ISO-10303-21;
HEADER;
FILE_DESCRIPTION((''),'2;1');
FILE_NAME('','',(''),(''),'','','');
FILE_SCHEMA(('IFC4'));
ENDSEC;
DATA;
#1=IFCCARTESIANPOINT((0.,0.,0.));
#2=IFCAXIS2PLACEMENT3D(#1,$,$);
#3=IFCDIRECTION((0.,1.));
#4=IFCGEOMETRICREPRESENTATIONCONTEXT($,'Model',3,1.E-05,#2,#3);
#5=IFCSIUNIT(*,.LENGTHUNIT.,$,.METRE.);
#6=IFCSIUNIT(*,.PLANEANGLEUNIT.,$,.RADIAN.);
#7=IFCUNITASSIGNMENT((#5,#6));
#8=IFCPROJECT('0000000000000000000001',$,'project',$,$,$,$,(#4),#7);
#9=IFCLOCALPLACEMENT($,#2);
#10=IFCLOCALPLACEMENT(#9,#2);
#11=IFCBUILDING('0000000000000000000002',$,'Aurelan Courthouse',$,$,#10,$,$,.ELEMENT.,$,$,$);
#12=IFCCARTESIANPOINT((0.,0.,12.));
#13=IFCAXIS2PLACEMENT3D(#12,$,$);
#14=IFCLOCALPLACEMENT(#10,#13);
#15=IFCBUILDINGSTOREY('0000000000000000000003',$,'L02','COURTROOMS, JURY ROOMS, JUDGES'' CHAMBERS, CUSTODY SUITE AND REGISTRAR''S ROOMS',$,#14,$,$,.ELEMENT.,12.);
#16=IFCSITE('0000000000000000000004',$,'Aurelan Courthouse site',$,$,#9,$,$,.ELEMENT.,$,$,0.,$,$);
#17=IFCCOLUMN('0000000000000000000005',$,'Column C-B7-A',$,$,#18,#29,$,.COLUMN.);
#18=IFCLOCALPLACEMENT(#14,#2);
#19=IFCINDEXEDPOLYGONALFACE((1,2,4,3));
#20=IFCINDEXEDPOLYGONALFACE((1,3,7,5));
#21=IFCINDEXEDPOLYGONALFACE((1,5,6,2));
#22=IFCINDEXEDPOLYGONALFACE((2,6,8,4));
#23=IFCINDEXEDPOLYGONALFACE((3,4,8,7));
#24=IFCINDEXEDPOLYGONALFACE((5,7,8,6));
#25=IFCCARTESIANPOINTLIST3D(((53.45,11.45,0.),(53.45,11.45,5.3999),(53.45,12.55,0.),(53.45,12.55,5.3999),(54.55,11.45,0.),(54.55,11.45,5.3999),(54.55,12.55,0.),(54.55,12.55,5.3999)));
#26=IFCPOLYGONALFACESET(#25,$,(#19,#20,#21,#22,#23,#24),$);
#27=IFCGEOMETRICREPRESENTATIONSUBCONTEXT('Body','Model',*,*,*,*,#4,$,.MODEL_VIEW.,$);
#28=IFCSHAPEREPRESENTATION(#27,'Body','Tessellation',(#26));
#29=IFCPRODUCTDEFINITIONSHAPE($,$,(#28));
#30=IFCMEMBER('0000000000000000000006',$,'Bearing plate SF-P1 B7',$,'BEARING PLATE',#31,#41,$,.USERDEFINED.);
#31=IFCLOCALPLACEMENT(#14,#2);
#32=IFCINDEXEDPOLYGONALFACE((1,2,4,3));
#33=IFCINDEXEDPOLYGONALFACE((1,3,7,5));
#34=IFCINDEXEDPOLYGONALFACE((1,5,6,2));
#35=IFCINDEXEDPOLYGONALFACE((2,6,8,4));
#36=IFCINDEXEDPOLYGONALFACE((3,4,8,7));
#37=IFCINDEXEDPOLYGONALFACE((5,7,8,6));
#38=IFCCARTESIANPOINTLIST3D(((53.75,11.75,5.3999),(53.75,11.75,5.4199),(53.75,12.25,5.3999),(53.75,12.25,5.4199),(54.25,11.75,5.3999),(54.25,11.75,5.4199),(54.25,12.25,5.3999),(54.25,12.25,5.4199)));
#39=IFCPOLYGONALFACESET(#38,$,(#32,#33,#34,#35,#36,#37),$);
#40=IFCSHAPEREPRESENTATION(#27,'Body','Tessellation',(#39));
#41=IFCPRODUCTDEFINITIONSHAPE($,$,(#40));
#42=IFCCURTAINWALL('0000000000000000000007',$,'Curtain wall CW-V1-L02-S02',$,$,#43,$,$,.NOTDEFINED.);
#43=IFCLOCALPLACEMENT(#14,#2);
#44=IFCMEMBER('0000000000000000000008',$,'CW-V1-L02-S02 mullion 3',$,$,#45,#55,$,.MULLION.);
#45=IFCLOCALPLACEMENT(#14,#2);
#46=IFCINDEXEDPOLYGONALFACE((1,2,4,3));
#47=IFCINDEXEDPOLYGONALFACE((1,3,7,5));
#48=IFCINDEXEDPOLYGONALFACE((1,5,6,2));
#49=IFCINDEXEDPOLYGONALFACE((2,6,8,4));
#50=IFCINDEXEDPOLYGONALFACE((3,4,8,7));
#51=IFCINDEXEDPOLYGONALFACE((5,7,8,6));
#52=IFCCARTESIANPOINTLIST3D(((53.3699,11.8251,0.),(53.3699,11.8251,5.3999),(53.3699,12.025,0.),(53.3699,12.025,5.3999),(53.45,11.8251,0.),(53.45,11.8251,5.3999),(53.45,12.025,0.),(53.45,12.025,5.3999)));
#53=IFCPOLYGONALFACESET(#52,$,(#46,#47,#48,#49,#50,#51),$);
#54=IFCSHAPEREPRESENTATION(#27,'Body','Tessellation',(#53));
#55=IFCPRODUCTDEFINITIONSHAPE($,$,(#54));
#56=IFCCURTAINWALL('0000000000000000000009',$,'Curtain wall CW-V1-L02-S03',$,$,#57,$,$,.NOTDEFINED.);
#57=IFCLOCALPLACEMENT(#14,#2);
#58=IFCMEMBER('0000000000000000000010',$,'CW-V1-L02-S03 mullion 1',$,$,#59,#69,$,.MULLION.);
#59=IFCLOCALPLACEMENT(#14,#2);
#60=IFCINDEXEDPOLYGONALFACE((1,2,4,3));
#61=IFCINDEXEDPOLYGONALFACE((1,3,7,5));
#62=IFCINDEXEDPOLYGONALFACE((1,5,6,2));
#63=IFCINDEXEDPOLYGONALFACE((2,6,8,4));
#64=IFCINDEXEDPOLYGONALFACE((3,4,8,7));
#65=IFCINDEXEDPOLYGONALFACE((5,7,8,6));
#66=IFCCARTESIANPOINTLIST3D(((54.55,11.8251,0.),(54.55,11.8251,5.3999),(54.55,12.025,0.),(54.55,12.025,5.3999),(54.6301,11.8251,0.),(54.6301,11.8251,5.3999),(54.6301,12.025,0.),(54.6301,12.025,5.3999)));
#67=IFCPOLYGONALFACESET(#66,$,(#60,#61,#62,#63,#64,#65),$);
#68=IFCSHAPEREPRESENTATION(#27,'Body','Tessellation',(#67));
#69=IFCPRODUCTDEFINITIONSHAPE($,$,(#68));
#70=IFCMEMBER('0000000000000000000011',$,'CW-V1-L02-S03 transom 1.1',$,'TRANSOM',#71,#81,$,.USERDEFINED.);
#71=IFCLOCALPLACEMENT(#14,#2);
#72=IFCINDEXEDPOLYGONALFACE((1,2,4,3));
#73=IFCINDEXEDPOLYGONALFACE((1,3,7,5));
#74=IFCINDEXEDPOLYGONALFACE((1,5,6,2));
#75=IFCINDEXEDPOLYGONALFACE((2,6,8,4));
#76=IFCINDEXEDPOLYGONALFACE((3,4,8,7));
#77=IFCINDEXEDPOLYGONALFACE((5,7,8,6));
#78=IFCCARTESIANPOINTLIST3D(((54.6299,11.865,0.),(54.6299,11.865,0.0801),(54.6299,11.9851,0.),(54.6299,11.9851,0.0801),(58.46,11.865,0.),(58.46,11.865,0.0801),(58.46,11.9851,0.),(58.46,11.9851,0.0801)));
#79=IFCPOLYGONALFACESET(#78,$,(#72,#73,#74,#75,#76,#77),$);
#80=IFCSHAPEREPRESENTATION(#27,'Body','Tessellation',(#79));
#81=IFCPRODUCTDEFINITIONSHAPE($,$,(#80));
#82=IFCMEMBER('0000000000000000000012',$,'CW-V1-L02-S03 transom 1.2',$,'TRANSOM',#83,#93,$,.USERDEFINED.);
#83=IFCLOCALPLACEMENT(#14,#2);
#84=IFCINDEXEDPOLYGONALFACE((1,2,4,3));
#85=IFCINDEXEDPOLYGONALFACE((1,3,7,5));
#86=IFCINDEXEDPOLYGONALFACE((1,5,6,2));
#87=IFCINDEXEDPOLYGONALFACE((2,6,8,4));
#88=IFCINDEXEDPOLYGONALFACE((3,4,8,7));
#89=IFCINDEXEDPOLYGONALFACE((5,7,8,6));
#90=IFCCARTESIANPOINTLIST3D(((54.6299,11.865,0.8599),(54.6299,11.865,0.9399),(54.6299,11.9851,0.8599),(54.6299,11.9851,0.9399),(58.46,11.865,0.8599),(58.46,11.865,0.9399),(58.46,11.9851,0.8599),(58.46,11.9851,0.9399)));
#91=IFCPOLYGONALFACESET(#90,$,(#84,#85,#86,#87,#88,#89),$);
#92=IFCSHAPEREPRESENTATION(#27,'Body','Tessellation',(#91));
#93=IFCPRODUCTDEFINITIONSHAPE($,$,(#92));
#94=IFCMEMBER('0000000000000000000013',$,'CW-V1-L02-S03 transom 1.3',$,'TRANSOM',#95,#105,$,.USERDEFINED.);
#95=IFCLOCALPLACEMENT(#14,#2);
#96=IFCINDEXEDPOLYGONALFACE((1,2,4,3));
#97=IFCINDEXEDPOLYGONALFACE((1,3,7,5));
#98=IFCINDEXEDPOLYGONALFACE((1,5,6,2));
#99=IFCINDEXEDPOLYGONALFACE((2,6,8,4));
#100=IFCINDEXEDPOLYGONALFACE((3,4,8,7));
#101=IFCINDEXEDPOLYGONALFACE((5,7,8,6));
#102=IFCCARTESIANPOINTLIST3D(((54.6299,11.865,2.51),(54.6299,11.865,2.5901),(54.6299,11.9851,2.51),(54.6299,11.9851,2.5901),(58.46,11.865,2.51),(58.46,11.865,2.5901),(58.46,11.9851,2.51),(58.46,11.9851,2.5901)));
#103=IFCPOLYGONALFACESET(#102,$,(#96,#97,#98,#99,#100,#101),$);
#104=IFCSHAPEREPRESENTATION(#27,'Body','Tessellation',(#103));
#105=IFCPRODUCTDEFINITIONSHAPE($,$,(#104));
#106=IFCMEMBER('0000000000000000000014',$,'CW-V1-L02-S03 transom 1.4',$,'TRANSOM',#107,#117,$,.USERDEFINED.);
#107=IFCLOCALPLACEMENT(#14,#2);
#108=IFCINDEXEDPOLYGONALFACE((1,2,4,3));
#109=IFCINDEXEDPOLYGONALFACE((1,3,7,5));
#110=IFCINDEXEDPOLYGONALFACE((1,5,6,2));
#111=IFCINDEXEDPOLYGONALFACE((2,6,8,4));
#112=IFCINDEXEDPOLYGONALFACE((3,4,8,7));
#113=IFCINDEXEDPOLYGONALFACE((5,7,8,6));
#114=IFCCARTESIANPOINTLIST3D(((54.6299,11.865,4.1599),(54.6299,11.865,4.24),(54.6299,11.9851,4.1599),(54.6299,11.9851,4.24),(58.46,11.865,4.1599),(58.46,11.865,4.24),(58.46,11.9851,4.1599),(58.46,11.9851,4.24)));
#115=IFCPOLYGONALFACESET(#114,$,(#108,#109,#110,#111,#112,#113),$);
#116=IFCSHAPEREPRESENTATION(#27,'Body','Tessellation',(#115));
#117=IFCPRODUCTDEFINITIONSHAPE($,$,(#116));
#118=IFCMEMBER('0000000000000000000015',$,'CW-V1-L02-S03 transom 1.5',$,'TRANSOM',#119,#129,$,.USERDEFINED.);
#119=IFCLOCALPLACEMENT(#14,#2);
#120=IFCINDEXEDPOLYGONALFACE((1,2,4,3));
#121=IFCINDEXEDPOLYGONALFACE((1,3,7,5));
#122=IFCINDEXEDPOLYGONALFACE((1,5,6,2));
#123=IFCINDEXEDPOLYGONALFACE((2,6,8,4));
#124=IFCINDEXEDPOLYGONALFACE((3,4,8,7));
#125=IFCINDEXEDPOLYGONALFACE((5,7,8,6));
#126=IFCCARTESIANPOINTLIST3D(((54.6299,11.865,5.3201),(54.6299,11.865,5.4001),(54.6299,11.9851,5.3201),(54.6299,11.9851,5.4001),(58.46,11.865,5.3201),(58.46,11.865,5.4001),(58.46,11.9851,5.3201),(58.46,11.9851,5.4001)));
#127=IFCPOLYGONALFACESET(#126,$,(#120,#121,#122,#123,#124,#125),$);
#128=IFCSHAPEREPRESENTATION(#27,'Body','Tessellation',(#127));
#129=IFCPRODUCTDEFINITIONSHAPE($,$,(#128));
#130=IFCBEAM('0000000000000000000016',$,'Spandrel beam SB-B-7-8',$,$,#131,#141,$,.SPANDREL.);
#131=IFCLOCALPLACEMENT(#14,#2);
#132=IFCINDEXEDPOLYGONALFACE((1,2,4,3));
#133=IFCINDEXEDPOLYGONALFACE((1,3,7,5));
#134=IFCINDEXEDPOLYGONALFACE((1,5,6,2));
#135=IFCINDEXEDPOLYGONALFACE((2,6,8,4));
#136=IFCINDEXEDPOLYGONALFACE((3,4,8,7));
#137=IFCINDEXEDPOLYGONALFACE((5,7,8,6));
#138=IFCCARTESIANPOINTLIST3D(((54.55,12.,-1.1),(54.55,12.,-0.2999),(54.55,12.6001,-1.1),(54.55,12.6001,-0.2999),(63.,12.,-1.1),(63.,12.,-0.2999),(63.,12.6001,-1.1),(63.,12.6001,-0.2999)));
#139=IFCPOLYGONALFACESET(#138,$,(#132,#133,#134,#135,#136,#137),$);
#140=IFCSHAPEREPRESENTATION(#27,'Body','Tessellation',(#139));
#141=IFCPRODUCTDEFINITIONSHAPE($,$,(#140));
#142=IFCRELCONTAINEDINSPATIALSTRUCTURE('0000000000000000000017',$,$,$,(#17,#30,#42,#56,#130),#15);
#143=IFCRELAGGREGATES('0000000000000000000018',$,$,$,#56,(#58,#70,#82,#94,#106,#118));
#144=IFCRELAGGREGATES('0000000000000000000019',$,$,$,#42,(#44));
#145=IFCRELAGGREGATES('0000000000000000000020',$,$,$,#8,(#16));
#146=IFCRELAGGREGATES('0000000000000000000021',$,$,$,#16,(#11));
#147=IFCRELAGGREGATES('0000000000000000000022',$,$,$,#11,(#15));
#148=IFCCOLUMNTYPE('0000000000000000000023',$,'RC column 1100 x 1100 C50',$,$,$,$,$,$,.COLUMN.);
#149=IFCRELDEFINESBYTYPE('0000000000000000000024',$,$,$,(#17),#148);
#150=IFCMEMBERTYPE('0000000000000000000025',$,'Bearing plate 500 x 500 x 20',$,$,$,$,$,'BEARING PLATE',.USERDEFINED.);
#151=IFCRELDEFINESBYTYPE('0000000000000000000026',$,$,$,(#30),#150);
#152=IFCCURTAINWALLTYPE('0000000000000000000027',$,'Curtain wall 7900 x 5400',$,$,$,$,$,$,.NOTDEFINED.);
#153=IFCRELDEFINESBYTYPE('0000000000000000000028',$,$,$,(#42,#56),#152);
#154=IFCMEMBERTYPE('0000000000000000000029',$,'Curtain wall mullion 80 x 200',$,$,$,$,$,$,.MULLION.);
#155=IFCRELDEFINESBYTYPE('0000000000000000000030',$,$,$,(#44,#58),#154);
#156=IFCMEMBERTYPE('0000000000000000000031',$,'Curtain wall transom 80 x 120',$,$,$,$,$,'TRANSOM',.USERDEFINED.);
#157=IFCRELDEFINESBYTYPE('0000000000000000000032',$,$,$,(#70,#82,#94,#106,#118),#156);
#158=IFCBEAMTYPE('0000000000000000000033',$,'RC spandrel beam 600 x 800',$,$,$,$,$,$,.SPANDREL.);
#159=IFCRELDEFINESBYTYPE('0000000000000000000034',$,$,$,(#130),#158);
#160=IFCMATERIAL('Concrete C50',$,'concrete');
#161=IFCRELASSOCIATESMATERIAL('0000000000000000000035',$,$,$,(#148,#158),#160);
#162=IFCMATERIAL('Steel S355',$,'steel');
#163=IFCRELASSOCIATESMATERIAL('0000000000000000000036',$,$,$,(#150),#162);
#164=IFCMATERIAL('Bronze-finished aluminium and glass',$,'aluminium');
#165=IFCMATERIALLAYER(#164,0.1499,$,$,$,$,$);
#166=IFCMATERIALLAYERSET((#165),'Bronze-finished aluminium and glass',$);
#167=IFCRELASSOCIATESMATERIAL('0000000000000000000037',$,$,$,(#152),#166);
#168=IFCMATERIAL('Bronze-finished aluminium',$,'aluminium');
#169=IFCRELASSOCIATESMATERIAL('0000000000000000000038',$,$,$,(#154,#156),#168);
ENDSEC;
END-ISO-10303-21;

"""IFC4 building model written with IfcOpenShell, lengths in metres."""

from ifc_helpers import new_model, si_unit, direction, frame, origin, origin_2d, place, context, subcontext, project, spatial, rectangle, extrude, material, layer, layer_set, material_profile, profile_set, type_object, element, aggregate, save


model = new_model("IFC4")

# Units and contexts
model_context = context("Model", 3, precision=1e-05, world=origin(), true_north=direction((0.0, 1.0)))
body_context = subcontext(model_context, "Body", "Model", "MODEL_VIEW")
ifc_project = project(units=[si_unit("LENGTHUNIT", "METRE"), si_unit("PLANEANGLEUNIT", "RADIAN")], contexts=[model_context])

# Site, building, storey
site_placement = place(None, origin())
site = spatial("IfcSite", under=ifc_project, at=site_placement, Name="Aurelan Courthouse site", CompositionType="ELEMENT", RefElevation=0.0)
building_placement = place(site_placement, origin())
building = spatial("IfcBuilding", under=site, at=building_placement, Name="Aurelan Courthouse", CompositionType="ELEMENT")
storey_placement = place(building_placement, frame((0.0, 0.0, 12.0)))
storey = spatial("IfcBuildingStorey", under=building, at=storey_placement, Name="L02", Description="COURTROOMS, JURY ROOMS, JUDGES' CHAMBERS, CUSTODY SUITE AND REGISTRAR'S ROOMS", CompositionType="ELEMENT", Elevation=12.0)

# Column
ifc_material_1 = material(Name="Concrete C50", Category="concrete")
ifc_material_profile_1 = material_profile(ifc_material_1, rectangle(XDim=1.1001, YDim=1.1001, at=origin_2d()), Name="RC 1100 x 1100")
ifc_profile_set_1 = profile_set([ifc_material_profile_1], Name="Concrete C50")
column_type = type_object("IfcColumnType", Name="RC column 1100 x 1100 C50", PredefinedType="COLUMN", material=ifc_profile_set_1)
column_placement = place(storey_placement, frame((54.0, 12.0, 0.0), z_axis=(0.0, 0.0, 1.0), x_axis=(1.0, 0.0, 0.0)))
element("IfcColumn", 1, at=column_placement, inside=storey, type_object=column_type, Name="Column C-B7-A", PredefinedType="COLUMN", context=body_context, shape_type="SweptSolid", body=[
    extrude(rectangle(XDim=1.1001, YDim=1.1001, at=origin_2d()), origin(), (0.0, 0.0, 1.0), 5.3999),
])

# Member
ifc_material_2 = material(Name="Steel S355", Category="steel")
ifc_material_profile_2 = material_profile(ifc_material_2, rectangle(XDim=0.5, YDim=0.5, at=origin_2d()), Name="PL 500 x 500")
ifc_profile_set_2 = profile_set([ifc_material_profile_2], Name="Steel S355")
member_type_1 = type_object("IfcMemberType", Name="Bearing plate 500 x 500 x 20", ElementType="BEARING PLATE", PredefinedType="USERDEFINED", material=ifc_profile_set_2)
member_1_placement = place(storey_placement, frame((54.0, 12.0, 5.3999), z_axis=(0.0, 0.0, 1.0), x_axis=(1.0, 0.0, 0.0)))
element("IfcMember", 2, at=member_1_placement, inside=storey, type_object=member_type_1, Name="Bearing plate SF-P1 B7", ObjectType="BEARING PLATE", PredefinedType="USERDEFINED", context=body_context, shape_type="SweptSolid", body=[
    extrude(rectangle(XDim=0.5, YDim=0.5, at=origin_2d()), origin(), (0.0, 0.0, 1.0), 0.02),
])

# Curtain wall, member
ifc_material_3 = material(Name="Bronze-finished aluminium and glass", Category="aluminium")
ifc_layer_1 = layer(ifc_material_3, 0.1499)
ifc_layer_set_1 = layer_set([ifc_layer_1], Name="Bronze-finished aluminium and glass")
curtain_wall_type = type_object("IfcCurtainWallType", Name="Curtain wall 7900 x 5400", PredefinedType="NOTDEFINED", material=ifc_layer_set_1)
curtain_wall_1_placement = place(storey_placement, origin())
curtain_wall_1 = element("IfcCurtainWall", 3, at=curtain_wall_1_placement, inside=storey, type_object=curtain_wall_type, Name="Curtain wall CW-V1-L02-S02", PredefinedType="NOTDEFINED")
ifc_material_4 = material(Name="Bronze-finished aluminium", Category="aluminium")
ifc_material_profile_3 = material_profile(ifc_material_4, rectangle(XDim=0.2, YDim=0.0801, at=origin_2d()), Name="Bronze mullion 80 x 200")
ifc_profile_set_3 = profile_set([ifc_material_profile_3], Name="Bronze-finished aluminium")
member_type_2 = type_object("IfcMemberType", Name="Curtain wall mullion 80 x 200", PredefinedType="MULLION", material=ifc_profile_set_3)
member_2_placement = place(storey_placement, frame((53.4099, 11.925, 0.0), z_axis=(0.0, 0.0, 1.0), x_axis=(0.0, 1.0, 0.0)))
member_2 = element("IfcMember", 4, at=member_2_placement, type_object=member_type_2, Name="CW-V1-L02-S02 mullion 3", PredefinedType="MULLION", context=body_context, shape_type="SweptSolid", body=[
    extrude(rectangle(XDim=0.2, YDim=0.0801, at=origin_2d()), origin(), (0.0, 0.0, 1.0), 5.3999),
])

# Curtain wall, members
curtain_wall_2_placement = place(storey_placement, origin())
curtain_wall_2 = element("IfcCurtainWall", 5, at=curtain_wall_2_placement, inside=storey, type_object=curtain_wall_type, Name="Curtain wall CW-V1-L02-S03", PredefinedType="NOTDEFINED")
member_3_placement = place(storey_placement, frame((54.5901, 11.925, 0.0), z_axis=(0.0, 0.0, 1.0), x_axis=(0.0, 1.0, 0.0)))
member_3 = element("IfcMember", 6, at=member_3_placement, type_object=member_type_2, Name="CW-V1-L02-S03 mullion 1", PredefinedType="MULLION", context=body_context, shape_type="SweptSolid", body=[
    extrude(rectangle(XDim=0.2, YDim=0.0801, at=origin_2d()), origin(), (0.0, 0.0, 1.0), 5.3999),
])
ifc_material_profile_4 = material_profile(ifc_material_4, rectangle(XDim=0.1201, YDim=0.0801, at=origin_2d()), Name="Bronze transom 80 x 120")
ifc_profile_set_4 = profile_set([ifc_material_profile_4], Name="Bronze-finished aluminium")
member_type_3 = type_object("IfcMemberType", Name="Curtain wall transom 80 x 120", ElementType="TRANSOM", PredefinedType="USERDEFINED", material=ifc_profile_set_4)
member_4_placement = place(storey_placement, frame((54.6299, 11.925, 0.04), z_axis=(1.0, 0.0, 0.0), x_axis=(0.0, 1.0, 0.0)))
member_4 = element("IfcMember", 7, at=member_4_placement, type_object=member_type_3, Name="CW-V1-L02-S03 transom 1.1", ObjectType="TRANSOM", PredefinedType="USERDEFINED", context=body_context, shape_type="SweptSolid", body=[
    extrude(rectangle(XDim=0.1201, YDim=0.0801, at=origin_2d()), origin(), (0.0, 0.0, 1.0), 3.8301),
])
member_5_placement = place(storey_placement, frame((54.6299, 11.925, 0.8999), z_axis=(1.0, 0.0, 0.0), x_axis=(0.0, 1.0, 0.0)))
member_5 = element("IfcMember", 8, at=member_5_placement, type_object=member_type_3, Name="CW-V1-L02-S03 transom 1.2", ObjectType="TRANSOM", PredefinedType="USERDEFINED", context=body_context, shape_type="SweptSolid", body=[
    extrude(rectangle(XDim=0.1201, YDim=0.0801, at=origin_2d()), origin(), (0.0, 0.0, 1.0), 3.8301),
])
member_6_placement = place(storey_placement, frame((54.6299, 11.925, 2.55), z_axis=(1.0, 0.0, 0.0), x_axis=(0.0, 1.0, 0.0)))
member_6 = element("IfcMember", 9, at=member_6_placement, type_object=member_type_3, Name="CW-V1-L02-S03 transom 1.3", ObjectType="TRANSOM", PredefinedType="USERDEFINED", context=body_context, shape_type="SweptSolid", body=[
    extrude(rectangle(XDim=0.1201, YDim=0.0801, at=origin_2d()), origin(), (0.0, 0.0, 1.0), 3.8301),
])
member_7_placement = place(storey_placement, frame((54.6299, 11.925, 4.2), z_axis=(1.0, 0.0, 0.0), x_axis=(0.0, 1.0, 0.0)))
member_7 = element("IfcMember", 10, at=member_7_placement, type_object=member_type_3, Name="CW-V1-L02-S03 transom 1.4", ObjectType="TRANSOM", PredefinedType="USERDEFINED", context=body_context, shape_type="SweptSolid", body=[
    extrude(rectangle(XDim=0.1201, YDim=0.0801, at=origin_2d()), origin(), (0.0, 0.0, 1.0), 3.8301),
])
member_8_placement = place(storey_placement, frame((54.6299, 11.925, 5.3601), z_axis=(1.0, 0.0, 0.0), x_axis=(0.0, 1.0, 0.0)))
member_8 = element("IfcMember", 11, at=member_8_placement, type_object=member_type_3, Name="CW-V1-L02-S03 transom 1.5", ObjectType="TRANSOM", PredefinedType="USERDEFINED", context=body_context, shape_type="SweptSolid", body=[
    extrude(rectangle(XDim=0.1201, YDim=0.0801, at=origin_2d()), origin(), (0.0, 0.0, 1.0), 3.8301),
])
aggregate(curtain_wall_2, [member_3, member_4, member_5, member_6, member_7, member_8])

# Beam
ifc_material_profile_5 = material_profile(ifc_material_1, rectangle(XDim=0.6001, YDim=0.8, at=origin_2d()), Name="RC 600 x 800")
ifc_profile_set_5 = profile_set([ifc_material_profile_5], Name="Concrete C50")
beam_type = type_object("IfcBeamType", Name="RC spandrel beam 600 x 800", PredefinedType="SPANDREL", material=ifc_profile_set_5)
beam_placement = place(storey_placement, frame((54.55, 12.3, -0.7), z_axis=(1.0, 0.0, 0.0), x_axis=(0.0, 1.0, 0.0)))
element("IfcBeam", 12, at=beam_placement, inside=storey, type_object=beam_type, Name="Spandrel beam SB-B-7-8", PredefinedType="SPANDREL", context=body_context, shape_type="SweptSolid", body=[
    extrude(rectangle(XDim=0.6001, YDim=0.8, at=origin_2d()), origin(), (0.0, 0.0, 1.0), 8.45),
])

aggregate(curtain_wall_1, [member_2])

save(model, "model.ifc")
